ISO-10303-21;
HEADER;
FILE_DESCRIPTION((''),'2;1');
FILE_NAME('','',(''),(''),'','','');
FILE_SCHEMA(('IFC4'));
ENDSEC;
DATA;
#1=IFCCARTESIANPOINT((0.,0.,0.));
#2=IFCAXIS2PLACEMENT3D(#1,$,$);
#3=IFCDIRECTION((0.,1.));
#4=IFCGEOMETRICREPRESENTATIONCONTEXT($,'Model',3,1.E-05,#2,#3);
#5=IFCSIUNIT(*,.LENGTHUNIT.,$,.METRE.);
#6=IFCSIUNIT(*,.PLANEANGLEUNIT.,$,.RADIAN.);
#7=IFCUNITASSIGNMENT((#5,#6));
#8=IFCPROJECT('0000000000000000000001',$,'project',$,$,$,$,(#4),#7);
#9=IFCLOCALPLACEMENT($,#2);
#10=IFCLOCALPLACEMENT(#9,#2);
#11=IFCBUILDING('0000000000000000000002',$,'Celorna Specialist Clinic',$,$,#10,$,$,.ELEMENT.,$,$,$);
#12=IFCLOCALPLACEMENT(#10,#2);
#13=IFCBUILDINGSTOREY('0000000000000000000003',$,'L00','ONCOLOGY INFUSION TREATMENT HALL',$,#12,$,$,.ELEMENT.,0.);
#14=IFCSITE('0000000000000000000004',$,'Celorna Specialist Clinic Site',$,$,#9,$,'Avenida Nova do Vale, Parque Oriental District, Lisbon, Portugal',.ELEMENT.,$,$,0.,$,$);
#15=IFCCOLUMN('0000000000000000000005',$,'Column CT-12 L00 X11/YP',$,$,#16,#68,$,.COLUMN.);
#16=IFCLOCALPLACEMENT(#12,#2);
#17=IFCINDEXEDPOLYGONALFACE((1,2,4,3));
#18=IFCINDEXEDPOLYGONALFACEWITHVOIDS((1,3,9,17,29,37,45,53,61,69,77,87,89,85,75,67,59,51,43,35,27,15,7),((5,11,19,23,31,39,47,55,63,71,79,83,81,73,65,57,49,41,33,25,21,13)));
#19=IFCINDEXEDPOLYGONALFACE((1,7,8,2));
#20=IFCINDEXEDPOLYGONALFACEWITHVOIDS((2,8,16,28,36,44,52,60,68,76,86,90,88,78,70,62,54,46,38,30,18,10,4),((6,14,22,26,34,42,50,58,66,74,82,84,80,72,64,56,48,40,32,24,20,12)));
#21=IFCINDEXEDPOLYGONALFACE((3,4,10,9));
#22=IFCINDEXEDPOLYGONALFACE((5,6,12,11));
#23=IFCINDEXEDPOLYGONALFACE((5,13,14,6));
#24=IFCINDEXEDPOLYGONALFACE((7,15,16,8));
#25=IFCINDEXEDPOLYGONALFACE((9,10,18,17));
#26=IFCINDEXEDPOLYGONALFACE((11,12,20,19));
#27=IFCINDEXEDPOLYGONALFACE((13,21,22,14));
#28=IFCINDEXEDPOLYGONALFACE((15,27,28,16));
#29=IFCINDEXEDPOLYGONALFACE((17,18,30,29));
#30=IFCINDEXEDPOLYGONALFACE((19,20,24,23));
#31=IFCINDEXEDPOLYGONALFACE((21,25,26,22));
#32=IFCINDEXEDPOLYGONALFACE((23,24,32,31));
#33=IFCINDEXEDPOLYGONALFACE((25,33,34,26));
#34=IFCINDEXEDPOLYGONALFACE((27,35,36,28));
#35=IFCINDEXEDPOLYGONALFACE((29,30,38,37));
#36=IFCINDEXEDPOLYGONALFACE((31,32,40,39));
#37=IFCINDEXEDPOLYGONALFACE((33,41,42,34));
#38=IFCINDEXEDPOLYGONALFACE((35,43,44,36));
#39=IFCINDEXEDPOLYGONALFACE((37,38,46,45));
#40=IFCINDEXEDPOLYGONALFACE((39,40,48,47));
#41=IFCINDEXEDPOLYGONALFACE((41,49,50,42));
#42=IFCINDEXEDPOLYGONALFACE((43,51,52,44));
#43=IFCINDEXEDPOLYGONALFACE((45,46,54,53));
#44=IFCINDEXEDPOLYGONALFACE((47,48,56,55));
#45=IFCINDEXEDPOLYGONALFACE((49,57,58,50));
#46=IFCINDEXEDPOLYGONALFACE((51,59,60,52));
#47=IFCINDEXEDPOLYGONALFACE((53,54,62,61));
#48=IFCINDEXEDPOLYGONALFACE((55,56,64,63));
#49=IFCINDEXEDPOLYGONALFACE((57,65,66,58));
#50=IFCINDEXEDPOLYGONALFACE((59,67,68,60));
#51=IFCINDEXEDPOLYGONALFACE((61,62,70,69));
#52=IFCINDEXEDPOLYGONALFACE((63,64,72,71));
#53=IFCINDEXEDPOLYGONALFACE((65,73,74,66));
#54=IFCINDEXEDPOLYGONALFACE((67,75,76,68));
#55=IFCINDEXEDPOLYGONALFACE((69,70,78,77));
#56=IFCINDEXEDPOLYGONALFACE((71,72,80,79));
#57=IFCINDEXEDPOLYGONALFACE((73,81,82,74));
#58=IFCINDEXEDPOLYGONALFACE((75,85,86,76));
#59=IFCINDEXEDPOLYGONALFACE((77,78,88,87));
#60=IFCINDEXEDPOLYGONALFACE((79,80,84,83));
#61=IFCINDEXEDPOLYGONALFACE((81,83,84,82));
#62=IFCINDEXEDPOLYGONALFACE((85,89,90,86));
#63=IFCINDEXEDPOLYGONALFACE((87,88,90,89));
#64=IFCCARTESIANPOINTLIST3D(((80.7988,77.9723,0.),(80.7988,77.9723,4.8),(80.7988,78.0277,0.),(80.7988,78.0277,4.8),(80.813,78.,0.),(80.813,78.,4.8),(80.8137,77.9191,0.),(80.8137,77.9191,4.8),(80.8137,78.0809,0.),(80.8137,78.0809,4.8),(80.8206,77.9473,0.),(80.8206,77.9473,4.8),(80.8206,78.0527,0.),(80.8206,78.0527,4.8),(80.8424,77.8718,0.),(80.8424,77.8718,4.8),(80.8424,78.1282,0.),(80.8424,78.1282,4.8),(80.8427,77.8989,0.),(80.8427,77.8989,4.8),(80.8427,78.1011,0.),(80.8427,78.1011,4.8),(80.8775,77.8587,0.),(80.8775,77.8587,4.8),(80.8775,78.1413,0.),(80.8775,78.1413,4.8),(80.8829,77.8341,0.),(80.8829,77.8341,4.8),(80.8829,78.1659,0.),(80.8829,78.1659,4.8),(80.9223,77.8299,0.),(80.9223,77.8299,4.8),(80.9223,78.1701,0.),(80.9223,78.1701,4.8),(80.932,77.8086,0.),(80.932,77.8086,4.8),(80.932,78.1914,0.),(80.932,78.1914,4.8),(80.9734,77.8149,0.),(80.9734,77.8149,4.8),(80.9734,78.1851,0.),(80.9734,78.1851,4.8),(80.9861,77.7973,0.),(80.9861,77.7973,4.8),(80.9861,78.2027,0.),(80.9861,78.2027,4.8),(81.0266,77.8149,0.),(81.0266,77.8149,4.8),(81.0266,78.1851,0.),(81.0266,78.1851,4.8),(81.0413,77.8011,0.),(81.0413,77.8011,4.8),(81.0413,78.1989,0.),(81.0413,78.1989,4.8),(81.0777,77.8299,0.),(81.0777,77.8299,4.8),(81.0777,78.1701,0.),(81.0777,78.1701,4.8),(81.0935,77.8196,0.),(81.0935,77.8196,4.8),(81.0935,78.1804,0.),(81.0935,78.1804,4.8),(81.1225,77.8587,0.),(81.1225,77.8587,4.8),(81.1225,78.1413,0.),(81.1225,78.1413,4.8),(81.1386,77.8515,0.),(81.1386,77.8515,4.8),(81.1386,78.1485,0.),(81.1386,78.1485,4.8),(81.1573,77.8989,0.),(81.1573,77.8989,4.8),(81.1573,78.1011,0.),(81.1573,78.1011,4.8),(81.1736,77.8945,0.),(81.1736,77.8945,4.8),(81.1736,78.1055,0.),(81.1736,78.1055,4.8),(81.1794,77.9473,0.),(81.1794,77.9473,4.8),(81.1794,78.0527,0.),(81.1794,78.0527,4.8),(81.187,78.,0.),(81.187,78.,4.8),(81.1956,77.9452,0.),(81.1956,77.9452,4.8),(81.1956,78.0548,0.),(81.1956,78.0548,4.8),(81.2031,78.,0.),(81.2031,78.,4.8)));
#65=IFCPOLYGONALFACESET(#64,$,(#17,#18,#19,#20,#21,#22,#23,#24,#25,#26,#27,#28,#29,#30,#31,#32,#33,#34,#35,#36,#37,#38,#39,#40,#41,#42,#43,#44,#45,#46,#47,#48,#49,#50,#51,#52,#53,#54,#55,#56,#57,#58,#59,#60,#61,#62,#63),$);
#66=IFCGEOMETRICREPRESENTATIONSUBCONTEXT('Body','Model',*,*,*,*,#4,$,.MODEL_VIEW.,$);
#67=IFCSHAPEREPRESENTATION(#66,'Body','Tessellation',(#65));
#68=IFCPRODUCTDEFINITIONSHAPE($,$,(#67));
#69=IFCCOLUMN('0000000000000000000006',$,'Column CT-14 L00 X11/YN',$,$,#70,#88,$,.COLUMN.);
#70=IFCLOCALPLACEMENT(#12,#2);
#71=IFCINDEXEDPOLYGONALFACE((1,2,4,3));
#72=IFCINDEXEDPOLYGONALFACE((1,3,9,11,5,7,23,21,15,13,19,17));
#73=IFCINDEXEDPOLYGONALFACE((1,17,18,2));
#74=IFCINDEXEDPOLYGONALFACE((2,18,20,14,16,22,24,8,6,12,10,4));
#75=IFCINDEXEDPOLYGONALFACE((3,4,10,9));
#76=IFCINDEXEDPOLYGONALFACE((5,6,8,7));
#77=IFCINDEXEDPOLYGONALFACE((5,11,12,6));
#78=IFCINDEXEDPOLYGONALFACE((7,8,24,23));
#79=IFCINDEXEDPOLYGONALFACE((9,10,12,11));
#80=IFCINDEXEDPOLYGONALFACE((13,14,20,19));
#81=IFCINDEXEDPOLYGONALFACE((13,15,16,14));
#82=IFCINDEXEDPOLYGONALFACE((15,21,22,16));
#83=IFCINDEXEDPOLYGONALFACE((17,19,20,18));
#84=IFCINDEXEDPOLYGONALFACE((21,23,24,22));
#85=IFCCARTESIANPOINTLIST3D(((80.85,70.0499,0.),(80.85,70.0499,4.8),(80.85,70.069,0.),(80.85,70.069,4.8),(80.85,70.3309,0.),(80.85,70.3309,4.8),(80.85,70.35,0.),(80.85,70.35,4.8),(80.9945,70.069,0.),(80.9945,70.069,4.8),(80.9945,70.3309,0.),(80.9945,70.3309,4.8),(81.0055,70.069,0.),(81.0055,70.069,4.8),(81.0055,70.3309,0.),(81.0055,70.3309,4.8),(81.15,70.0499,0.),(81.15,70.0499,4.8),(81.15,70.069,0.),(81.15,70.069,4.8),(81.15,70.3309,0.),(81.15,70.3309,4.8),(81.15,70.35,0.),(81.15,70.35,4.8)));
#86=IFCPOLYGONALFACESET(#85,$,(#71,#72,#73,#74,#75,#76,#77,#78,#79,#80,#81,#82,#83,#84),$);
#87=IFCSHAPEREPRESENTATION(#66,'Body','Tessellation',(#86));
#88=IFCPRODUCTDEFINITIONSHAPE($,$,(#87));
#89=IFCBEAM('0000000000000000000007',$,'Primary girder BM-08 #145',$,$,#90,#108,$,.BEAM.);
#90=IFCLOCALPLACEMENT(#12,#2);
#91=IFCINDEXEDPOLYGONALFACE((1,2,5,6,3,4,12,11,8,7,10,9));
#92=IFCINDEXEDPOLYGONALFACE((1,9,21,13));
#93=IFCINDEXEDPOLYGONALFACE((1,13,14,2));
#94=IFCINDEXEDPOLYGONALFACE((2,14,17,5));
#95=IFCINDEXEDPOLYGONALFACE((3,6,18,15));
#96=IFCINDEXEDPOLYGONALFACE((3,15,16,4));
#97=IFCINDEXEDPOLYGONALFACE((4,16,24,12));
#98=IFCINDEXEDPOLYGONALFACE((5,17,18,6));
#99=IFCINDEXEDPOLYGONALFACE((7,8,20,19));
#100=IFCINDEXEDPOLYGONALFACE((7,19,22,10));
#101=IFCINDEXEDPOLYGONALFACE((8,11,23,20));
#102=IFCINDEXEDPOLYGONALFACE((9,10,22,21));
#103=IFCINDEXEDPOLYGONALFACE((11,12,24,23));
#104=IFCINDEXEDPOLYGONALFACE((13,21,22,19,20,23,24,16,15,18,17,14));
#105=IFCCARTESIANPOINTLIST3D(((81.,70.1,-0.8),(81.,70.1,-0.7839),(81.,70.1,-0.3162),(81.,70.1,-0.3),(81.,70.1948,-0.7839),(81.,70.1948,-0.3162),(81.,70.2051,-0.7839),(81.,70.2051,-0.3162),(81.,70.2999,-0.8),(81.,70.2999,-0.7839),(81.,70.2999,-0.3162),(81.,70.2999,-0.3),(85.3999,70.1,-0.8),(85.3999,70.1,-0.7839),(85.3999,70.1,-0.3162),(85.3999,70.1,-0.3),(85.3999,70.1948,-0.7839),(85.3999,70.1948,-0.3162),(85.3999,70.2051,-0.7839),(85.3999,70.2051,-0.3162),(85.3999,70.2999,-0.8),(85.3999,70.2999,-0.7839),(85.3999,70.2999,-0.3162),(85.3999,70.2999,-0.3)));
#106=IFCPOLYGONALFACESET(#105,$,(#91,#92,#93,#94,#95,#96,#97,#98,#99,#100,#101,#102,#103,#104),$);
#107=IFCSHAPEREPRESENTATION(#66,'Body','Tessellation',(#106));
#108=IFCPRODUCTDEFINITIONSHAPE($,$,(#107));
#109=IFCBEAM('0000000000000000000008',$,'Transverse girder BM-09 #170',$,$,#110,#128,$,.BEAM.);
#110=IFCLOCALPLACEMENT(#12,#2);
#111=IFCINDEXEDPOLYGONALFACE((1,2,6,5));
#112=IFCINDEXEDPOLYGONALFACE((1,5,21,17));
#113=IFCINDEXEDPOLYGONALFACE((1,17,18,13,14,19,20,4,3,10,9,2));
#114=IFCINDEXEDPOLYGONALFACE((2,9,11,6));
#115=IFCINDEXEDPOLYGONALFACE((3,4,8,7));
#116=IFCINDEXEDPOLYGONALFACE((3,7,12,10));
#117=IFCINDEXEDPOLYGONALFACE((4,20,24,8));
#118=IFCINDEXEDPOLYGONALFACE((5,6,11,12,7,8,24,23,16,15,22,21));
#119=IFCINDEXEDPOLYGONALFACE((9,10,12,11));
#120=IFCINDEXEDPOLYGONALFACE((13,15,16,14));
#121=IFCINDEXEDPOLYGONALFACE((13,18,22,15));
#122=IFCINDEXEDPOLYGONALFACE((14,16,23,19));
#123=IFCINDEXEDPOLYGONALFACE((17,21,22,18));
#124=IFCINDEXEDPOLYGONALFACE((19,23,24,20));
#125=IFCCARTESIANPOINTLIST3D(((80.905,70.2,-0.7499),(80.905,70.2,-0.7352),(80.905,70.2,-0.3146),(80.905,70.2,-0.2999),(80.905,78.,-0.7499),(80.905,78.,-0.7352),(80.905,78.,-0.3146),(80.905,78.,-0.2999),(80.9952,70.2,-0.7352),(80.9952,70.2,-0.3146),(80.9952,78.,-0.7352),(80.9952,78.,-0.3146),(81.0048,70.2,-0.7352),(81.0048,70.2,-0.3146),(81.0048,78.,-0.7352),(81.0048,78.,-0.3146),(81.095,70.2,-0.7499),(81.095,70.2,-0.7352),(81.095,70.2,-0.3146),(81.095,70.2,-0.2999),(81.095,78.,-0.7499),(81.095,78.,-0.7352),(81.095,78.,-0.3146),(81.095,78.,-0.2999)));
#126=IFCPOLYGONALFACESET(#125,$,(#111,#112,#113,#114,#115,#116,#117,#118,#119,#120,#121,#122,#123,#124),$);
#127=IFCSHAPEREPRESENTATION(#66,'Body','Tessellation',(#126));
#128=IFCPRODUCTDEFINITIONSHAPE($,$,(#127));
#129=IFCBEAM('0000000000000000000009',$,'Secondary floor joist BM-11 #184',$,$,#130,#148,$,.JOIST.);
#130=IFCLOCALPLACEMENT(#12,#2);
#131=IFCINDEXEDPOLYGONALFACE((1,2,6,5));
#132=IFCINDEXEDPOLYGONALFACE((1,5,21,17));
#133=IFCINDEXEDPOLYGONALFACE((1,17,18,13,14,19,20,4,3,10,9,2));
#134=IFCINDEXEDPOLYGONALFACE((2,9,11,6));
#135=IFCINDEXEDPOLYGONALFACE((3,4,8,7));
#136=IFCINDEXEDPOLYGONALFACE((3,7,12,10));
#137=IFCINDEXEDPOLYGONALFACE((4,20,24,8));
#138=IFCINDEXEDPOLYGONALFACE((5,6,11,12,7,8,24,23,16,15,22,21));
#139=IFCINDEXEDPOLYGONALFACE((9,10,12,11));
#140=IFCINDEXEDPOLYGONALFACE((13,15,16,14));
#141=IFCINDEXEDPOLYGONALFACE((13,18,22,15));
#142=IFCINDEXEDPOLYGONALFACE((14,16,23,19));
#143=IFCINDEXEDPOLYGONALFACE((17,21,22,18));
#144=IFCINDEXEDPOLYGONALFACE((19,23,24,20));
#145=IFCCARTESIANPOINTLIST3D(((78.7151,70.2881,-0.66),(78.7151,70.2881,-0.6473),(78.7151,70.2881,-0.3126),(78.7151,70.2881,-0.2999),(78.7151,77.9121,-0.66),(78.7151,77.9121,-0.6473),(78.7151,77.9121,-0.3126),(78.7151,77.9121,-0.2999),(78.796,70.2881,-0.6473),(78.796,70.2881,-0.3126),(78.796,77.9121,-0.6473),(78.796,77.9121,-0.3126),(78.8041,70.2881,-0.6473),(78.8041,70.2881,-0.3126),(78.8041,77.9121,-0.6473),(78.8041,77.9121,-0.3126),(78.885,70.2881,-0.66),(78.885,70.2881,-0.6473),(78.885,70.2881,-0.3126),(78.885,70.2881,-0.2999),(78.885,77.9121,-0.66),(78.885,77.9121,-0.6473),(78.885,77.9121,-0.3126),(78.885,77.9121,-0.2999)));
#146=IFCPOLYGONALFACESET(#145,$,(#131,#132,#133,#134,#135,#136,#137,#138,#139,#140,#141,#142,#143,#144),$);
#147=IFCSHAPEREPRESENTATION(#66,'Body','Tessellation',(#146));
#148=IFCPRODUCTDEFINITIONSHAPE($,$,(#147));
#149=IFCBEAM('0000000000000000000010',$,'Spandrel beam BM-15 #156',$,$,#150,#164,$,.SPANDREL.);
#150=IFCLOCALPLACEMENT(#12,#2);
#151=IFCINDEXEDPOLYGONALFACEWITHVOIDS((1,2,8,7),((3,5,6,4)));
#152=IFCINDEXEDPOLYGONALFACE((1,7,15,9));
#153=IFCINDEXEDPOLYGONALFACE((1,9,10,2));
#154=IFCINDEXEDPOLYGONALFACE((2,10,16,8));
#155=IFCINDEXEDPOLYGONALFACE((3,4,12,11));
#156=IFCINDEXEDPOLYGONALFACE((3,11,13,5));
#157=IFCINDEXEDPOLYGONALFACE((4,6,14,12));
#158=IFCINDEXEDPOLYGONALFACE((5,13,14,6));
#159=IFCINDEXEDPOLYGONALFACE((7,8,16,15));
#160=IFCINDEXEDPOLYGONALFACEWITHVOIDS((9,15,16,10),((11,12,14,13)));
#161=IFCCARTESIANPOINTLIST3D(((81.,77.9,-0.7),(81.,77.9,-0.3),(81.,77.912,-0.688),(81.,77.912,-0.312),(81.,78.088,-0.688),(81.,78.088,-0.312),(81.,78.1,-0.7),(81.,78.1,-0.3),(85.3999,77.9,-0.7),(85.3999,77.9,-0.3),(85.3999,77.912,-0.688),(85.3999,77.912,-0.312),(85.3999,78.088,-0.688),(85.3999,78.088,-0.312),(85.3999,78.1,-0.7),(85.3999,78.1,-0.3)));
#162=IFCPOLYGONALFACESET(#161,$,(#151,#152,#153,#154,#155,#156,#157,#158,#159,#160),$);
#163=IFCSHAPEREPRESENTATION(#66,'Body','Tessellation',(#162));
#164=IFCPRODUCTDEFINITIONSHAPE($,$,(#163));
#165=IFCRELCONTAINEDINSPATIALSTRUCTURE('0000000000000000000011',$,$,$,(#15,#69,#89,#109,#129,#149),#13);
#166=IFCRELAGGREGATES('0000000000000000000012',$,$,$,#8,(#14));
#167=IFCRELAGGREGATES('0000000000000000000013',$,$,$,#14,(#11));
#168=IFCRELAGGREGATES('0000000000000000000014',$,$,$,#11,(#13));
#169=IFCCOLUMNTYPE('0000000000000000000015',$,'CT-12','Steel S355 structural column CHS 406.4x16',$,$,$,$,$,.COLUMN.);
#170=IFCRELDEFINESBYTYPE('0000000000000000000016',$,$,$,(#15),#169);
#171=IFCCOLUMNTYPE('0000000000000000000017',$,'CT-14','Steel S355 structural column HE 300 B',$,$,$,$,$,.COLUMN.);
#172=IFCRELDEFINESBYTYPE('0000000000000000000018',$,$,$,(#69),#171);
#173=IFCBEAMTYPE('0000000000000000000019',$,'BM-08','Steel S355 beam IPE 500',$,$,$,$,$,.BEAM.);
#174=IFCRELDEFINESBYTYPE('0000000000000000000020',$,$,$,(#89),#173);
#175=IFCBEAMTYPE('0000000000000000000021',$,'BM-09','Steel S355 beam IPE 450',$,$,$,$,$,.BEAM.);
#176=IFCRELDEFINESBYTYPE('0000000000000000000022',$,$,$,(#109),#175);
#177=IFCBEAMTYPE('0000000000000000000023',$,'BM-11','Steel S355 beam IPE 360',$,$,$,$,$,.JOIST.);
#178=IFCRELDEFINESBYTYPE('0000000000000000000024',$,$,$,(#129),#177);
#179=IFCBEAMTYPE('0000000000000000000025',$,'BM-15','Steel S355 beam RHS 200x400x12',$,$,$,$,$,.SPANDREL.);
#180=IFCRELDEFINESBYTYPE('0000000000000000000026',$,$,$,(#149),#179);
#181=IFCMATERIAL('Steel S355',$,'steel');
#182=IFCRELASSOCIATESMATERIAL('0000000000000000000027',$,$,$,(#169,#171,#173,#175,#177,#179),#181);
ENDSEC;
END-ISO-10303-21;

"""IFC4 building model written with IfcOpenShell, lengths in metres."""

from ifc_helpers import new_model, si_unit, direction, frame, origin, origin_2d, place, context, subcontext, project, spatial, hollow_rectangle, hollow_circle, i_section, extrude, material, material_profile, profile_set, type_object, element, save


model = new_model("IFC4")

# Units and contexts
model_context = context("Model", 3, precision=1e-05, world=origin(), true_north=direction((0.0, 1.0)))
body_context = subcontext(model_context, "Body", "Model", "MODEL_VIEW")
ifc_project = project(units=[si_unit("LENGTHUNIT", "METRE"), si_unit("PLANEANGLEUNIT", "RADIAN")], contexts=[model_context])

# Site, building, storey
site_placement = place(None, origin())
site = spatial("IfcSite", under=ifc_project, at=site_placement, Name="Celorna Specialist Clinic Site", LongName="Avenida Nova do Vale, Parque Oriental District, Lisbon, Portugal", CompositionType="ELEMENT", RefElevation=0.0)
building_placement = place(site_placement, origin())
building = spatial("IfcBuilding", under=site, at=building_placement, Name="Celorna Specialist Clinic", CompositionType="ELEMENT")
storey_placement = place(building_placement, origin())
storey = spatial("IfcBuildingStorey", under=building, at=storey_placement, Name="L00", Description="ONCOLOGY INFUSION TREATMENT HALL", CompositionType="ELEMENT", Elevation=0.0)

# Columns
ifc_material_1 = material(Name="Steel S355", Category="steel")
ifc_material_profile_1 = material_profile(ifc_material_1, hollow_circle(Radius=0.2031, WallThickness=0.0161, at=origin_2d()), Name="CHS 406.4x16")
ifc_profile_set_1 = profile_set([ifc_material_profile_1], Name="Steel S355")
column_type_1 = type_object("IfcColumnType", Name="CT-12", Description="Steel S355 structural column CHS 406.4x16", PredefinedType="COLUMN", material=ifc_profile_set_1)
column_1_placement = place(storey_placement, frame((81.0, 78.0, 0.0), z_axis=(0.0, 0.0, 1.0), x_axis=(1.0, 0.0, 0.0)))
element("IfcColumn", 1, at=column_1_placement, inside=storey, type_object=column_type_1, Name="Column CT-12 L00 X11/YP", PredefinedType="COLUMN", context=body_context, shape_type="SweptSolid", body=[
    extrude(hollow_circle(Radius=0.2031, WallThickness=0.0161, at=origin_2d()), origin(), (0.0, 0.0, 1.0), 4.8),
])
ifc_material_profile_2 = material_profile(ifc_material_1, i_section(OverallWidth=0.3, OverallDepth=0.3, WebThickness=0.011, FlangeThickness=0.019, at=origin_2d()), Name="HE 300 B")
ifc_profile_set_2 = profile_set([ifc_material_profile_2], Name="Steel S355")
column_type_2 = type_object("IfcColumnType", Name="CT-14", Description="Steel S355 structural column HE 300 B", PredefinedType="COLUMN", material=ifc_profile_set_2)
column_2_placement = place(storey_placement, frame((81.0, 70.2, 0.0), z_axis=(0.0, 0.0, 1.0), x_axis=(1.0, 0.0, 0.0)))
element("IfcColumn", 2, at=column_2_placement, inside=storey, type_object=column_type_2, Name="Column CT-14 L00 X11/YN", PredefinedType="COLUMN", context=body_context, shape_type="SweptSolid", body=[
    extrude(i_section(OverallWidth=0.3, OverallDepth=0.3, WebThickness=0.011, FlangeThickness=0.019, at=origin_2d()), origin(), (0.0, 0.0, 1.0), 4.8),
])

# Beams
ifc_material_profile_3 = material_profile(ifc_material_1, i_section(OverallWidth=0.2, OverallDepth=0.5, WebThickness=0.0103, FlangeThickness=0.0161, at=origin_2d()), Name="IPE 500")
ifc_profile_set_3 = profile_set([ifc_material_profile_3], Name="Steel S355")
beam_type_1 = type_object("IfcBeamType", Name="BM-08", Description="Steel S355 beam IPE 500", PredefinedType="BEAM", material=ifc_profile_set_3)
beam_1_placement = place(storey_placement, frame((81.0, 70.2, -0.55), z_axis=(1.0, 0.0, 0.0), x_axis=(0.0, 1.0, 0.0)))
element("IfcBeam", 3, at=beam_1_placement, inside=storey, type_object=beam_type_1, Name="Primary girder BM-08 #145", PredefinedType="BEAM", context=body_context, shape_type="SweptSolid", body=[
    extrude(i_section(OverallWidth=0.2, OverallDepth=0.5, WebThickness=0.0103, FlangeThickness=0.0161, at=origin_2d()), origin(), (0.0, 0.0, 1.0), 4.3999),
])
ifc_material_profile_4 = material_profile(ifc_material_1, i_section(OverallWidth=0.1899, OverallDepth=0.45, WebThickness=0.0095, FlangeThickness=0.0146, at=origin_2d()), Name="IPE 450")
ifc_profile_set_4 = profile_set([ifc_material_profile_4], Name="Steel S355")
beam_type_2 = type_object("IfcBeamType", Name="BM-09", Description="Steel S355 beam IPE 450", PredefinedType="BEAM", material=ifc_profile_set_4)
beam_2_placement = place(storey_placement, frame((81.0, 70.2, -0.5249), z_axis=(0.0, 1.0, 0.0), x_axis=(-1.0, 0.0, 0.0)))
element("IfcBeam", 4, at=beam_2_placement, inside=storey, type_object=beam_type_2, Name="Transverse girder BM-09 #170", PredefinedType="BEAM", context=body_context, shape_type="SweptSolid", body=[
    extrude(i_section(OverallWidth=0.1899, OverallDepth=0.45, WebThickness=0.0095, FlangeThickness=0.0146, at=origin_2d()), origin(), (0.0, 0.0, 1.0), 7.8),
])
ifc_material_profile_5 = material_profile(ifc_material_1, i_section(OverallWidth=0.1699, OverallDepth=0.3601, WebThickness=0.0081, FlangeThickness=0.0127, at=origin_2d()), Name="IPE 360")
ifc_profile_set_5 = profile_set([ifc_material_profile_5], Name="Steel S355")
beam_type_3 = type_object("IfcBeamType", Name="BM-11", Description="Steel S355 beam IPE 360", PredefinedType="JOIST", material=ifc_profile_set_5)
beam_3_placement = place(storey_placement, frame((78.8, 70.2881, -0.48), z_axis=(0.0, 1.0, 0.0), x_axis=(-1.0, 0.0, 0.0)))
element("IfcBeam", 5, at=beam_3_placement, inside=storey, type_object=beam_type_3, Name="Secondary floor joist BM-11 #184", PredefinedType="JOIST", context=body_context, shape_type="SweptSolid", body=[
    extrude(i_section(OverallWidth=0.1699, OverallDepth=0.3601, WebThickness=0.0081, FlangeThickness=0.0127, at=origin_2d()), origin(), (0.0, 0.0, 1.0), 7.624),
])
ifc_material_profile_6 = material_profile(ifc_material_1, hollow_rectangle(XDim=0.2, YDim=0.3999, WallThickness=0.012, at=origin_2d()), Name="RHS 200x400x12")
ifc_profile_set_6 = profile_set([ifc_material_profile_6], Name="Steel S355")
beam_type_4 = type_object("IfcBeamType", Name="BM-15", Description="Steel S355 beam RHS 200x400x12", PredefinedType="SPANDREL", material=ifc_profile_set_6)
beam_4_placement = place(storey_placement, frame((81.0, 78.0, -0.5), z_axis=(1.0, 0.0, 0.0), x_axis=(0.0, 1.0, 0.0)))
element("IfcBeam", 6, at=beam_4_placement, inside=storey, type_object=beam_type_4, Name="Spandrel beam BM-15 #156", PredefinedType="SPANDREL", context=body_context, shape_type="SweptSolid", body=[
    extrude(hollow_rectangle(XDim=0.2, YDim=0.3999, WallThickness=0.012, at=origin_2d()), origin(), (0.0, 0.0, 1.0), 4.3999),
])

save(model, "model.ifc")
